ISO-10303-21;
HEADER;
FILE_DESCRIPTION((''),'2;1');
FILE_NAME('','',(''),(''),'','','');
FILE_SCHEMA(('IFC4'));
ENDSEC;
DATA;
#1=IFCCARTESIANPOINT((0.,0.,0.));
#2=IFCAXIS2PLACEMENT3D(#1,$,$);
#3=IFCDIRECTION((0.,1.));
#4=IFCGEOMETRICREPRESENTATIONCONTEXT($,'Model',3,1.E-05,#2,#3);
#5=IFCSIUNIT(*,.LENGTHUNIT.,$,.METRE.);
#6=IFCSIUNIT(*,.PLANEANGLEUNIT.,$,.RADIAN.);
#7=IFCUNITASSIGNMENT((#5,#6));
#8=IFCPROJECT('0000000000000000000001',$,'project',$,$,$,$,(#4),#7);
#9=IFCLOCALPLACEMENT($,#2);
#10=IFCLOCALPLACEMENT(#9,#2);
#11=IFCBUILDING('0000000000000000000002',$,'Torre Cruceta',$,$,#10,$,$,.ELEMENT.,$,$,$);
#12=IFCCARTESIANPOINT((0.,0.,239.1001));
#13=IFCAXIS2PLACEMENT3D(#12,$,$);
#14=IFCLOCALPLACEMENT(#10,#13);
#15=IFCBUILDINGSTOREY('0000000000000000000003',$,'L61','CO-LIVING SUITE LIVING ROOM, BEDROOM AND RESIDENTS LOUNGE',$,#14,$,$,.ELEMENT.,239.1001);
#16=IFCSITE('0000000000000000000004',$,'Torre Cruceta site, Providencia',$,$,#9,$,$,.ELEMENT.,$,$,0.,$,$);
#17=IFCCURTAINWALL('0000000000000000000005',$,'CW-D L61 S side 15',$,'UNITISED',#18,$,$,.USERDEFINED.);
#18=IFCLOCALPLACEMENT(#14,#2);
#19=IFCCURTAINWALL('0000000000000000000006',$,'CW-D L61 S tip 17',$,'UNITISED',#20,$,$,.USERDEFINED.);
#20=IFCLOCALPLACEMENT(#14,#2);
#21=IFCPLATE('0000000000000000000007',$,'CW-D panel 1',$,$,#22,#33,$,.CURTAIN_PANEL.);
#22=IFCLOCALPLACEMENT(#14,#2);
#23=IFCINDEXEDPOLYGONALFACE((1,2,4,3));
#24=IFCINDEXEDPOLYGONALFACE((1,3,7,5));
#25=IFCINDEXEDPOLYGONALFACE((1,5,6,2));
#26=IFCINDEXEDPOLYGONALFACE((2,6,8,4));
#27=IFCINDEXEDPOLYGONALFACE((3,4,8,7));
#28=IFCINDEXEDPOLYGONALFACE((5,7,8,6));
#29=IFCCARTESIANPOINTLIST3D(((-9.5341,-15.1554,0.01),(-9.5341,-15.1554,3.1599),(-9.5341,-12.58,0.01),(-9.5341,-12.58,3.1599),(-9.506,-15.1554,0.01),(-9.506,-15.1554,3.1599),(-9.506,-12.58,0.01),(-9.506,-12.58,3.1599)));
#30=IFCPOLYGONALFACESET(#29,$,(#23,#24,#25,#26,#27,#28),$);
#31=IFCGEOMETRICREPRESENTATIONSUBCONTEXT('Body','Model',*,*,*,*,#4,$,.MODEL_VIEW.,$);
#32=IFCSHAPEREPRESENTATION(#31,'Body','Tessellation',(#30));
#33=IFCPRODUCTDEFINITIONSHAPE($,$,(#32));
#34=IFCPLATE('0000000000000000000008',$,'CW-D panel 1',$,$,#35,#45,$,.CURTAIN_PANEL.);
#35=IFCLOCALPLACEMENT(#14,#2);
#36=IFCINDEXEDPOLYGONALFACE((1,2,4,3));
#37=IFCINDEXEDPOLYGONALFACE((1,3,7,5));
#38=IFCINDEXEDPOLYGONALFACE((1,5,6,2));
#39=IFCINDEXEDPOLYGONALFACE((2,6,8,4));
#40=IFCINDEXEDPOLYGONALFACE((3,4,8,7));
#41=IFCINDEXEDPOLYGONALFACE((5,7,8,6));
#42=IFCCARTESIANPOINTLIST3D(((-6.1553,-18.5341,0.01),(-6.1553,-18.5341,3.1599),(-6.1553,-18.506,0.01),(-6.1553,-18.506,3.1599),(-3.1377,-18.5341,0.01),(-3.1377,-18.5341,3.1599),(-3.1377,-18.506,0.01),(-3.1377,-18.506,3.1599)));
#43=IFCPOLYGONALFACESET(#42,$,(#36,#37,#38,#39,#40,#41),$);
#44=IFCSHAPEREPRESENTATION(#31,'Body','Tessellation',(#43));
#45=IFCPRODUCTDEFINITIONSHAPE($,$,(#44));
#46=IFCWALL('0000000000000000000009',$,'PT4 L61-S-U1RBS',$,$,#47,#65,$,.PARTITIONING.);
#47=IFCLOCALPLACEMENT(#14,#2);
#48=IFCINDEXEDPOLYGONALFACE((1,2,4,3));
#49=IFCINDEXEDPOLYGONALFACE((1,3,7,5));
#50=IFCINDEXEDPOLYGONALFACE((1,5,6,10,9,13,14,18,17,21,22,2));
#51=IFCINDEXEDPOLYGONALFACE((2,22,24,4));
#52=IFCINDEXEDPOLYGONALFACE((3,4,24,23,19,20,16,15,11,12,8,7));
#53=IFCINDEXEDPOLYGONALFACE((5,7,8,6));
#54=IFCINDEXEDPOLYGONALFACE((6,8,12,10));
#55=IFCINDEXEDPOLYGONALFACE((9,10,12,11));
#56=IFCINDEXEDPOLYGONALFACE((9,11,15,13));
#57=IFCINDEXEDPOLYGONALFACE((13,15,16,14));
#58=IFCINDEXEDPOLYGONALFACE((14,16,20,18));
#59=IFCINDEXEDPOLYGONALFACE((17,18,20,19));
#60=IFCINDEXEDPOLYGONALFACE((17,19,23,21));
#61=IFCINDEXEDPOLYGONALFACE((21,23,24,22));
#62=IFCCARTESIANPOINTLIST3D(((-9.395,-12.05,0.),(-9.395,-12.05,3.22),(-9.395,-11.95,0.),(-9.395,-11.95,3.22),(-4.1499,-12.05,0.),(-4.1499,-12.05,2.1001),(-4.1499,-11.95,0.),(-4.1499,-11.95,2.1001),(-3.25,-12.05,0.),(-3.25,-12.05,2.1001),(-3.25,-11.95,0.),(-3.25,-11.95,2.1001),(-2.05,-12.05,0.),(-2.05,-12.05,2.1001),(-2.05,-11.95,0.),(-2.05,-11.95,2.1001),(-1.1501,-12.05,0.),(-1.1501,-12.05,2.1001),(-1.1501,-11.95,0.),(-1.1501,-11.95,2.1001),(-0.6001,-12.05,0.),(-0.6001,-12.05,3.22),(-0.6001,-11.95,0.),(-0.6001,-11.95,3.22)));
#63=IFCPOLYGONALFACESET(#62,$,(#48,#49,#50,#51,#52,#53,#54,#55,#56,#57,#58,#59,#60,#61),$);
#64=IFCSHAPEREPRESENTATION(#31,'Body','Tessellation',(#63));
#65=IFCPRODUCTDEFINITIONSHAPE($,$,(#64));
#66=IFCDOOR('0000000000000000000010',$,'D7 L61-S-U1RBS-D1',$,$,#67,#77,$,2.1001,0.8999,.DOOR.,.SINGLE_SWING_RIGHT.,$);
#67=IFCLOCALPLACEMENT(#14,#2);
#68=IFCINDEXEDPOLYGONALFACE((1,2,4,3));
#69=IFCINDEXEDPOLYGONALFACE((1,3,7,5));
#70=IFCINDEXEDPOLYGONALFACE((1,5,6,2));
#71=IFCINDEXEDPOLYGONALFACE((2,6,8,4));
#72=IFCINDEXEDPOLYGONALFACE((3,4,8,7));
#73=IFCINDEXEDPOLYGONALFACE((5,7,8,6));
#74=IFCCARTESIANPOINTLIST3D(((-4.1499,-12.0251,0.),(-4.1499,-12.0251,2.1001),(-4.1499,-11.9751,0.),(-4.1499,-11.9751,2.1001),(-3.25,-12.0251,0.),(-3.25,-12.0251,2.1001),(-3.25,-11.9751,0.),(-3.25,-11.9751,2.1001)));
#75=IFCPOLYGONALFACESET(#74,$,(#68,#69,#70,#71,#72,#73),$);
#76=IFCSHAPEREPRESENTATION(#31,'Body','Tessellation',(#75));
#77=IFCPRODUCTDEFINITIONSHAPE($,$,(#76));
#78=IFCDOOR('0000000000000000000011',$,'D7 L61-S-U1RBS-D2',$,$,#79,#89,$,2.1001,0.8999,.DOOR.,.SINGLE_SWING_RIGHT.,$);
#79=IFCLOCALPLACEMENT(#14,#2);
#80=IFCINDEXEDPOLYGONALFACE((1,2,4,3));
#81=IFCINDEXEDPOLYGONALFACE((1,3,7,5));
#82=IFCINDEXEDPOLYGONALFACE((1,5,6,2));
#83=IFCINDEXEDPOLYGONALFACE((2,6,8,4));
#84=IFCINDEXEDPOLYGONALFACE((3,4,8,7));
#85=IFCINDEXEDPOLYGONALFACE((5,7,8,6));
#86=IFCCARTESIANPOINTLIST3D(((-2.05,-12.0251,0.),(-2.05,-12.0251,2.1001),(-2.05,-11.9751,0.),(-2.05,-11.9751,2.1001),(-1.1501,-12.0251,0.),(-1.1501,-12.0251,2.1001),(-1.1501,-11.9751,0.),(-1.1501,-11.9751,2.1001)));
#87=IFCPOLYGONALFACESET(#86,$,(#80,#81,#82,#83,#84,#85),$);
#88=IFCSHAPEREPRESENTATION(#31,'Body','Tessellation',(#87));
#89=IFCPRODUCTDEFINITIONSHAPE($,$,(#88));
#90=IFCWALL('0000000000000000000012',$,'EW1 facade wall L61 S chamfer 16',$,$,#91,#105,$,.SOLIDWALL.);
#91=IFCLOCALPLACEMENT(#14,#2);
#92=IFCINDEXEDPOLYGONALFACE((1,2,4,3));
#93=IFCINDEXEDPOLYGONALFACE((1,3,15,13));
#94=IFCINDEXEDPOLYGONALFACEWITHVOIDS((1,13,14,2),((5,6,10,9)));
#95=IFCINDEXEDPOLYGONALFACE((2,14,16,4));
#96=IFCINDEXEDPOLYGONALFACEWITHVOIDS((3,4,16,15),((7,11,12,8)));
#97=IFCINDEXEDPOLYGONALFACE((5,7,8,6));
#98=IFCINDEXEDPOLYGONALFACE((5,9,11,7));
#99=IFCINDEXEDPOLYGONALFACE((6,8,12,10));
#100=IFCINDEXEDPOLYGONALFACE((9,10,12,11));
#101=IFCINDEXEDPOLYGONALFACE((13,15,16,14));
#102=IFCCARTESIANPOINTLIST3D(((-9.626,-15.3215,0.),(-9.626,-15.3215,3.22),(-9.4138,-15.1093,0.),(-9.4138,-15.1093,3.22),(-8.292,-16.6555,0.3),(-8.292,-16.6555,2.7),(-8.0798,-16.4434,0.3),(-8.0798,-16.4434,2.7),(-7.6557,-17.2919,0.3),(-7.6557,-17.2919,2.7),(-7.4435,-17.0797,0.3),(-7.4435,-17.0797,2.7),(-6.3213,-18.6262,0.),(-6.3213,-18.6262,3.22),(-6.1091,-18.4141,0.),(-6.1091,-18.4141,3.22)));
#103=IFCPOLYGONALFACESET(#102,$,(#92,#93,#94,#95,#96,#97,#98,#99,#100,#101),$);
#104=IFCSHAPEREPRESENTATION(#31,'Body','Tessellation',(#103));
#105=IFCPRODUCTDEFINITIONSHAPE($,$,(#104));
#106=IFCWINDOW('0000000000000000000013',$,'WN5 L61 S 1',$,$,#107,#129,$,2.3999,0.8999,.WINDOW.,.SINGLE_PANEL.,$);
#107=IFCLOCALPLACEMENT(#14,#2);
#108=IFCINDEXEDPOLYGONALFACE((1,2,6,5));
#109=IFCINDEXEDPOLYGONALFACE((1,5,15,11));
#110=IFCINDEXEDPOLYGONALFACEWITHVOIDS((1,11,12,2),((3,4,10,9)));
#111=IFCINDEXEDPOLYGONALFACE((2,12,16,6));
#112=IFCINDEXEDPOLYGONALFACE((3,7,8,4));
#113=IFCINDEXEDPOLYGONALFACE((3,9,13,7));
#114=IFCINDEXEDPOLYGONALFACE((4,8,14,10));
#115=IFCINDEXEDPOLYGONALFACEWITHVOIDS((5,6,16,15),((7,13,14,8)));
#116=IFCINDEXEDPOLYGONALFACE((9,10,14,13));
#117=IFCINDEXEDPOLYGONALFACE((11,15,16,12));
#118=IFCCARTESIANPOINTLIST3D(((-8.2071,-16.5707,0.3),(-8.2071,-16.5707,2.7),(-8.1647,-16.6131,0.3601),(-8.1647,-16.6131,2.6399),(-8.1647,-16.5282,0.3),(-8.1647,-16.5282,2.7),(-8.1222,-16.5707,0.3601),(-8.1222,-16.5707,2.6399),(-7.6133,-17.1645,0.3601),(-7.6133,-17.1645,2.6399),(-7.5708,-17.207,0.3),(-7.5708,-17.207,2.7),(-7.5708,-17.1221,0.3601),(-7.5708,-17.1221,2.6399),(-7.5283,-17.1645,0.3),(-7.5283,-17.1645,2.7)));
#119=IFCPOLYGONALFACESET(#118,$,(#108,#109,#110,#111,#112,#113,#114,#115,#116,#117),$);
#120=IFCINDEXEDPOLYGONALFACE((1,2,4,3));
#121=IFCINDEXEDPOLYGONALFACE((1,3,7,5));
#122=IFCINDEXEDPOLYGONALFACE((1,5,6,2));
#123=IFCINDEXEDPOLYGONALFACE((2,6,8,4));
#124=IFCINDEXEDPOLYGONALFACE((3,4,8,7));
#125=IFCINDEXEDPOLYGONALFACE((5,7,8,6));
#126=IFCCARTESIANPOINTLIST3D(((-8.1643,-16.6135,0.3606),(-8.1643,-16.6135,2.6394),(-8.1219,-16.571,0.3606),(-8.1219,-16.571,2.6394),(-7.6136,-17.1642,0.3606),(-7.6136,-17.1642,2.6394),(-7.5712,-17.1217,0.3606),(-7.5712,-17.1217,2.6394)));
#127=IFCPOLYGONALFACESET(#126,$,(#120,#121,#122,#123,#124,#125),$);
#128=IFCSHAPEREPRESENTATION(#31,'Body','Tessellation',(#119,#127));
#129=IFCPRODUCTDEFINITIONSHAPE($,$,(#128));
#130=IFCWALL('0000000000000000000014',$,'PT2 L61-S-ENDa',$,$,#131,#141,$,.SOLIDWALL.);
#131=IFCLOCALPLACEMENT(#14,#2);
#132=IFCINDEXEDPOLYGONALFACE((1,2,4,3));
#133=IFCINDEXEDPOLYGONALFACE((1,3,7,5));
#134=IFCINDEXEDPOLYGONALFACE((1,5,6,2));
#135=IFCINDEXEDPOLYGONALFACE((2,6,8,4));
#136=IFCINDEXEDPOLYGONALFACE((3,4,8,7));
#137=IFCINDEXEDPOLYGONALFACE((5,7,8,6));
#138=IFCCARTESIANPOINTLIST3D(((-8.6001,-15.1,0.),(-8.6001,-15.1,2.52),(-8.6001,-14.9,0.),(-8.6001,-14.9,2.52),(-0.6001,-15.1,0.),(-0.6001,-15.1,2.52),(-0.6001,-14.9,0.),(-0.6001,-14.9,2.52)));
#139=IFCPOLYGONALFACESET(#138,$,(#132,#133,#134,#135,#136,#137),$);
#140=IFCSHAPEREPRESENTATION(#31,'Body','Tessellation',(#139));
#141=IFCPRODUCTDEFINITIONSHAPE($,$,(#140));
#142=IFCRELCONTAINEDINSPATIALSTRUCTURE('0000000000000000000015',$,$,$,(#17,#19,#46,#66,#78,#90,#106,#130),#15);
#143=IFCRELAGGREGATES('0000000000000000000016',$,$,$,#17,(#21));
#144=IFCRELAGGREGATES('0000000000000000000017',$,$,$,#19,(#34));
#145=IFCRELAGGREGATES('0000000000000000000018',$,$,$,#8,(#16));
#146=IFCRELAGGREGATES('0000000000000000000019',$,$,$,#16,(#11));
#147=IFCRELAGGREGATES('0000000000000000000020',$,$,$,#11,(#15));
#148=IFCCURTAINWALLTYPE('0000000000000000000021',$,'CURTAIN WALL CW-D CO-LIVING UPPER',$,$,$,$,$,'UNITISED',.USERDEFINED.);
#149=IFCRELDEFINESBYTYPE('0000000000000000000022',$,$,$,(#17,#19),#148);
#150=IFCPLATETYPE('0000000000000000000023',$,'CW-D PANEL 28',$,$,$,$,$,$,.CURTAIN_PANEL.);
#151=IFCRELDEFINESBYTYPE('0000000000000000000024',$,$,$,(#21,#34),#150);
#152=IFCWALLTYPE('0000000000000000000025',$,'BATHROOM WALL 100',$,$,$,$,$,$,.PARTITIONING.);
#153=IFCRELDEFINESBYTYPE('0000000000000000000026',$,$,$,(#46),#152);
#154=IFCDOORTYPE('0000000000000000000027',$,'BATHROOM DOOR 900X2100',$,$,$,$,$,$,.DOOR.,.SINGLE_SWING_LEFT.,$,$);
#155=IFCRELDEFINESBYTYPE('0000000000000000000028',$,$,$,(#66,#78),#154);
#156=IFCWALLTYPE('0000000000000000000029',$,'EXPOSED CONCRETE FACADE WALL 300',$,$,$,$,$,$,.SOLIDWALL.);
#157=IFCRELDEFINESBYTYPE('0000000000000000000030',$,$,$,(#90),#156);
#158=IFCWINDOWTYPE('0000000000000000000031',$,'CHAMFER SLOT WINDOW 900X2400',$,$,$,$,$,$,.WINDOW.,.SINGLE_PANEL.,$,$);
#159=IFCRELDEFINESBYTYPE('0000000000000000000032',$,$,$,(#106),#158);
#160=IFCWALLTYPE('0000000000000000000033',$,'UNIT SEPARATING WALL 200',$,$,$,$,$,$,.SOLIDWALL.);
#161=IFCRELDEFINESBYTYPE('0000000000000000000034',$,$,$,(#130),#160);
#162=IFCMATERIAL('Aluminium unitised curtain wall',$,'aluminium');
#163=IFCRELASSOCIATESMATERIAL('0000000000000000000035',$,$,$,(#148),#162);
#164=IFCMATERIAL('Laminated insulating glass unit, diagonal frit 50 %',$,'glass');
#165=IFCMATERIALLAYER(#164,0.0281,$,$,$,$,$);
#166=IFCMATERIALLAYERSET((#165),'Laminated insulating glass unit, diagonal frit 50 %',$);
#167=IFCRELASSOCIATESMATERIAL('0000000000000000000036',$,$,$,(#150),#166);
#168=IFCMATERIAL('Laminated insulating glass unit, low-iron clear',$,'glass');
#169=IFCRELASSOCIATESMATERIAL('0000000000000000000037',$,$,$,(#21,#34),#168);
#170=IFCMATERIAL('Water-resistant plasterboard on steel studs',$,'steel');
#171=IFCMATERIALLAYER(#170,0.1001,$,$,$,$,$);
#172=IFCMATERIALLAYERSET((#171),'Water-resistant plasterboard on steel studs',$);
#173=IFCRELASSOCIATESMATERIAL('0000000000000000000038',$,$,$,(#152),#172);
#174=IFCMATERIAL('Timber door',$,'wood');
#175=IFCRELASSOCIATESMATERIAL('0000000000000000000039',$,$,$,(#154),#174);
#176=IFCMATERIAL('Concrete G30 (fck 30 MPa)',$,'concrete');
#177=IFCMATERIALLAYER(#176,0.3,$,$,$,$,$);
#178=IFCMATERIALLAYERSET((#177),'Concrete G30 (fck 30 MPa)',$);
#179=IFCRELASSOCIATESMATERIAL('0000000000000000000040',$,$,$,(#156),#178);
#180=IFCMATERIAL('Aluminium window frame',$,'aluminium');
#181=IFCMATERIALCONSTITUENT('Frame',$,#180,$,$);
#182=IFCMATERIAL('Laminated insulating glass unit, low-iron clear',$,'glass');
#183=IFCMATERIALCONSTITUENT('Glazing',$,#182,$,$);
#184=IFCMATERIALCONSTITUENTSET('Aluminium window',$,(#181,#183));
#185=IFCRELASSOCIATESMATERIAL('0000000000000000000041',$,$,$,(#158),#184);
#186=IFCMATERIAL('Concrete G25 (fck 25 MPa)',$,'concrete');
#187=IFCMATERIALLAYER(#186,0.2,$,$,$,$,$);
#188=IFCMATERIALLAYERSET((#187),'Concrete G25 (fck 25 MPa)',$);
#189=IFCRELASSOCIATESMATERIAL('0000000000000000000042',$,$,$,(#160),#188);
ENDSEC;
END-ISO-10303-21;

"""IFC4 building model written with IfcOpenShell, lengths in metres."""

from ifc_helpers import new_model, si_unit, direction, frame, frame_2d, origin, origin_2d, place, context, subcontext, project, spatial, rectangle, hollow_rectangle, extrude, material, layer, layer_set, constituent, constituent_set, type_object, element, fill, aggregate, save


model = new_model("IFC4")

# Units and contexts
model_context = context("Model", 3, precision=1e-05, world=origin(), true_north=direction((0.0, 1.0)))
body_context = subcontext(model_context, "Body", "Model", "MODEL_VIEW")
ifc_project = project(units=[si_unit("LENGTHUNIT", "METRE"), si_unit("PLANEANGLEUNIT", "RADIAN")], contexts=[model_context])

# Site, building, storey
site_placement = place(None, origin())
site = spatial("IfcSite", under=ifc_project, at=site_placement, Name="Torre Cruceta site, Providencia", CompositionType="ELEMENT", RefElevation=0.0)
building_placement = place(site_placement, origin())
building = spatial("IfcBuilding", under=site, at=building_placement, Name="Torre Cruceta", CompositionType="ELEMENT")
storey_placement = place(building_placement, frame((0.0, 0.0, 239.1001)))
storey = spatial("IfcBuildingStorey", under=building, at=storey_placement, Name="L61", Description="CO-LIVING SUITE LIVING ROOM, BEDROOM AND RESIDENTS LOUNGE", CompositionType="ELEMENT", Elevation=239.1001)

# Curtain walls
ifc_material_1 = material(Name="Aluminium unitised curtain wall", Category="aluminium")
curtain_wall_type = type_object("IfcCurtainWallType", Name="CURTAIN WALL CW-D CO-LIVING UPPER", ElementType="UNITISED", PredefinedType="USERDEFINED", material=ifc_material_1)
curtain_wall_1_placement = place(storey_placement, origin())
curtain_wall_1 = element("IfcCurtainWall", 1, at=curtain_wall_1_placement, inside=storey, type_object=curtain_wall_type, Name="CW-D L61 S side 15", ObjectType="UNITISED", PredefinedType="USERDEFINED")
curtain_wall_2_placement = place(storey_placement, origin())
curtain_wall_2 = element("IfcCurtainWall", 2, at=curtain_wall_2_placement, inside=storey, type_object=curtain_wall_type, Name="CW-D L61 S tip 17", ObjectType="UNITISED", PredefinedType="USERDEFINED")

# Plates
ifc_material_2 = material(Name="Laminated insulating glass unit, low-iron clear", Category="glass")
ifc_material_3 = material(Name="Laminated insulating glass unit, diagonal frit 50 %", Category="glass")
ifc_layer_1 = layer(ifc_material_3, 0.0281)
ifc_layer_set_1 = layer_set([ifc_layer_1], Name="Laminated insulating glass unit, diagonal frit 50 %")
plate_type = type_object("IfcPlateType", Name="CW-D PANEL 28", PredefinedType="CURTAIN_PANEL", material=ifc_layer_set_1)
plate_1_placement = place(storey_placement, frame((-9.52, -13.8677, 0.01), z_axis=(0.0, 0.0, 1.0), x_axis=(0.0, -1.0, 0.0)))
plate_1 = element("IfcPlate", 3, at=plate_1_placement, type_object=plate_type, material=ifc_material_2, Name="CW-D panel 1", PredefinedType="CURTAIN_PANEL", context=body_context, shape_type="SweptSolid", body=[
    extrude(rectangle(XDim=2.5754, YDim=0.0281, at=origin_2d()), origin(), (0.0, 0.0, 1.0), 3.1499),
])
aggregate(curtain_wall_1, [plate_1])
plate_2_placement = place(storey_placement, frame((-4.6465, -18.52, 0.01), z_axis=(0.0, 0.0, 1.0), x_axis=(1.0, 0.0, 0.0)))
plate_2 = element("IfcPlate", 4, at=plate_2_placement, type_object=plate_type, material=ifc_material_2, Name="CW-D panel 1", PredefinedType="CURTAIN_PANEL", context=body_context, shape_type="SweptSolid", body=[
    extrude(rectangle(XDim=3.0176, YDim=0.0281, at=origin_2d()), origin(), (0.0, 0.0, 1.0), 3.1499),
])
aggregate(curtain_wall_2, [plate_2])

# Wall, openings, doors
ifc_material_4 = material(Name="Water-resistant plasterboard on steel studs", Category="steel")
ifc_layer_2 = layer(ifc_material_4, 0.1001)
ifc_layer_set_2 = layer_set([ifc_layer_2], Name="Water-resistant plasterboard on steel studs")
wall_type_1 = type_object("IfcWallType", Name="BATHROOM WALL 100", PredefinedType="PARTITIONING", material=ifc_layer_set_2)
wall_1_placement = place(storey_placement, frame((-9.395, -12.0, 0.0), z_axis=(0.0, 0.0, 1.0), x_axis=(1.0, 0.0, 0.0)))
wall_1 = element("IfcWall", 5, at=wall_1_placement, inside=storey, type_object=wall_type_1, Name="PT4 L61-S-U1RBS", PredefinedType="PARTITIONING", context=body_context, shape_type="SweptSolid", body=[
    extrude(rectangle(XDim=8.7949, YDim=0.1001, at=frame_2d((4.3975, 0.0))), origin(), (0.0, 0.0, 1.0), 3.22),
])
opening_1_placement = place(wall_1_placement, frame((5.2451, 0.0, 0.0)))
opening_1 = element("IfcOpeningElement", 6, at=opening_1_placement, cuts=wall_1, PredefinedType="OPENING", context=body_context, shape_type="SweptSolid", body=[
    extrude(rectangle(XDim=0.8999, YDim=2.1001, at=frame_2d((0.45, 1.05))), frame((0.0, 0.0601, 0.0), z_axis=(0.0, -1.0, 0.0), x_axis=(1.0, 0.0, 0.0)), (0.0, 0.0, 1.0), 0.1201),
])
opening_2_placement = place(wall_1_placement, frame((7.345, 0.0, 0.0)))
opening_2 = element("IfcOpeningElement", 7, at=opening_2_placement, cuts=wall_1, PredefinedType="OPENING", context=body_context, shape_type="SweptSolid", body=[
    extrude(rectangle(XDim=0.8999, YDim=2.1001, at=frame_2d((0.45, 1.05))), frame((0.0, 0.0601, 0.0), z_axis=(0.0, -1.0, 0.0), x_axis=(1.0, 0.0, 0.0)), (0.0, 0.0, 1.0), 0.1201),
])
ifc_material_5 = material(Name="Timber door", Category="wood")
door_type = type_object("IfcDoorType", Name="BATHROOM DOOR 900X2100", OperationType="SINGLE_SWING_LEFT", PredefinedType="DOOR", material=ifc_material_5)
door_1_placement = place(opening_1_placement, origin())
door_1 = element("IfcDoor", 8, at=door_1_placement, inside=storey, type_object=door_type, Name="D7 L61-S-U1RBS-D1", OperationType="SINGLE_SWING_RIGHT", OverallHeight=2.1001, OverallWidth=0.8999, PredefinedType="DOOR", context=body_context, shape_type="SweptSolid", body=[
    extrude(rectangle(XDim=0.8999, YDim=2.1001, at=frame_2d((0.45, 1.05))), frame((0.0, 0.0249, 0.0), z_axis=(0.0, -1.0, 0.0), x_axis=(1.0, 0.0, 0.0)), (0.0, 0.0, 1.0), 0.05),
])
fill(opening_1, door_1)
door_2_placement = place(opening_2_placement, origin())
door_2 = element("IfcDoor", 9, at=door_2_placement, inside=storey, type_object=door_type, Name="D7 L61-S-U1RBS-D2", OperationType="SINGLE_SWING_RIGHT", OverallHeight=2.1001, OverallWidth=0.8999, PredefinedType="DOOR", context=body_context, shape_type="SweptSolid", body=[
    extrude(rectangle(XDim=0.8999, YDim=2.1001, at=frame_2d((0.45, 1.05))), frame((0.0, 0.0249, 0.0), z_axis=(0.0, -1.0, 0.0), x_axis=(1.0, 0.0, 0.0)), (0.0, 0.0, 1.0), 0.05),
])
fill(opening_2, door_2)

# Wall, opening, window
ifc_material_6 = material(Name="Concrete G30 (fck 30 MPa)", Category="concrete")
ifc_layer_3 = layer(ifc_material_6, 0.3)
ifc_layer_set_3 = layer_set([ifc_layer_3], Name="Concrete G30 (fck 30 MPa)")
wall_type_2 = type_object("IfcWallType", Name="EXPOSED CONCRETE FACADE WALL 300", PredefinedType="SOLIDWALL", material=ifc_layer_set_3)
wall_2_placement = place(storey_placement, frame((-9.52, -15.2153, 0.0), z_axis=(0.0, 0.0, 1.0), x_axis=(0.707107, -0.707107, 0.0)))
wall_2 = element("IfcWall", 10, at=wall_2_placement, inside=storey, type_object=wall_type_2, Name="EW1 facade wall L61 S chamfer 16", PredefinedType="SOLIDWALL", context=body_context, shape_type="SweptSolid", body=[
    extrude(rectangle(XDim=4.6736, YDim=0.3, at=frame_2d((2.3369, 0.0))), origin(), (0.0, 0.0, 1.0), 3.22),
])
opening_3_placement = place(wall_2_placement, frame((1.8867, 0.0, 0.3)))
opening_3 = element("IfcOpeningElement", 11, at=opening_3_placement, cuts=wall_2, PredefinedType="OPENING", context=body_context, shape_type="SweptSolid", body=[
    extrude(rectangle(XDim=0.8999, YDim=2.3999, at=frame_2d((0.45, 1.2))), frame((0.0, 0.1599, 0.0), z_axis=(0.0, -1.0, 0.0), x_axis=(1.0, 0.0, 0.0)), (0.0, 0.0, 1.0), 0.3201),
])
ifc_material_7 = material(Name="Aluminium window frame", Category="aluminium")
ifc_constituent_1 = constituent(ifc_material_7, Name="Frame")
ifc_material_8 = material(Name="Laminated insulating glass unit, low-iron clear", Category="glass")
ifc_constituent_2 = constituent(ifc_material_8, Name="Glazing")
ifc_constituent_set_1 = constituent_set(constituents=[ifc_constituent_1, ifc_constituent_2], Name="Aluminium window")
window_type = type_object("IfcWindowType", Name="CHAMFER SLOT WINDOW 900X2400", PartitioningType="SINGLE_PANEL", PredefinedType="WINDOW", material=ifc_constituent_set_1)
window_placement = place(opening_3_placement, origin())
window = element("IfcWindow", 12, at=window_placement, inside=storey, type_object=window_type, Name="WN5 L61 S 1", OverallHeight=2.3999, OverallWidth=0.8999, PartitioningType="SINGLE_PANEL", PredefinedType="WINDOW", context=body_context, shape_type="SweptSolid", body=[
    extrude(hollow_rectangle(XDim=0.8999, YDim=2.3999, WallThickness=0.0601, at=frame_2d((0.45, 1.2))), frame((0.0, 0.03, 0.0), z_axis=(0.0, -1.0, 0.0), x_axis=(1.0, 0.0, 0.0)), (0.0, 0.0, 1.0), 0.0601),
    extrude(rectangle(XDim=0.7788, YDim=2.2788, at=frame_2d((0.45, 1.2))), frame((0.0, 0.03, 0.0), z_axis=(0.0, -1.0, 0.0), x_axis=(1.0, 0.0, 0.0)), (0.0, 0.0, 1.0), 0.0601),
])
fill(opening_3, window)

# Wall
ifc_material_9 = material(Name="Concrete G25 (fck 25 MPa)", Category="concrete")
ifc_layer_4 = layer(ifc_material_9, 0.2)
ifc_layer_set_4 = layer_set([ifc_layer_4], Name="Concrete G25 (fck 25 MPa)")
wall_type_3 = type_object("IfcWallType", Name="UNIT SEPARATING WALL 200", PredefinedType="SOLIDWALL", material=ifc_layer_set_4)
wall_3_placement = place(storey_placement, frame((-8.6001, -15.0, 0.0), z_axis=(0.0, 0.0, 1.0), x_axis=(1.0, 0.0, 0.0)))
element("IfcWall", 13, at=wall_3_placement, inside=storey, type_object=wall_type_3, Name="PT2 L61-S-ENDa", PredefinedType="SOLIDWALL", context=body_context, shape_type="SweptSolid", body=[
    extrude(rectangle(XDim=8.0, YDim=0.2, at=frame_2d((4.0, 0.0))), origin(), (0.0, 0.0, 1.0), 2.52),
])

save(model, "model.ifc")
